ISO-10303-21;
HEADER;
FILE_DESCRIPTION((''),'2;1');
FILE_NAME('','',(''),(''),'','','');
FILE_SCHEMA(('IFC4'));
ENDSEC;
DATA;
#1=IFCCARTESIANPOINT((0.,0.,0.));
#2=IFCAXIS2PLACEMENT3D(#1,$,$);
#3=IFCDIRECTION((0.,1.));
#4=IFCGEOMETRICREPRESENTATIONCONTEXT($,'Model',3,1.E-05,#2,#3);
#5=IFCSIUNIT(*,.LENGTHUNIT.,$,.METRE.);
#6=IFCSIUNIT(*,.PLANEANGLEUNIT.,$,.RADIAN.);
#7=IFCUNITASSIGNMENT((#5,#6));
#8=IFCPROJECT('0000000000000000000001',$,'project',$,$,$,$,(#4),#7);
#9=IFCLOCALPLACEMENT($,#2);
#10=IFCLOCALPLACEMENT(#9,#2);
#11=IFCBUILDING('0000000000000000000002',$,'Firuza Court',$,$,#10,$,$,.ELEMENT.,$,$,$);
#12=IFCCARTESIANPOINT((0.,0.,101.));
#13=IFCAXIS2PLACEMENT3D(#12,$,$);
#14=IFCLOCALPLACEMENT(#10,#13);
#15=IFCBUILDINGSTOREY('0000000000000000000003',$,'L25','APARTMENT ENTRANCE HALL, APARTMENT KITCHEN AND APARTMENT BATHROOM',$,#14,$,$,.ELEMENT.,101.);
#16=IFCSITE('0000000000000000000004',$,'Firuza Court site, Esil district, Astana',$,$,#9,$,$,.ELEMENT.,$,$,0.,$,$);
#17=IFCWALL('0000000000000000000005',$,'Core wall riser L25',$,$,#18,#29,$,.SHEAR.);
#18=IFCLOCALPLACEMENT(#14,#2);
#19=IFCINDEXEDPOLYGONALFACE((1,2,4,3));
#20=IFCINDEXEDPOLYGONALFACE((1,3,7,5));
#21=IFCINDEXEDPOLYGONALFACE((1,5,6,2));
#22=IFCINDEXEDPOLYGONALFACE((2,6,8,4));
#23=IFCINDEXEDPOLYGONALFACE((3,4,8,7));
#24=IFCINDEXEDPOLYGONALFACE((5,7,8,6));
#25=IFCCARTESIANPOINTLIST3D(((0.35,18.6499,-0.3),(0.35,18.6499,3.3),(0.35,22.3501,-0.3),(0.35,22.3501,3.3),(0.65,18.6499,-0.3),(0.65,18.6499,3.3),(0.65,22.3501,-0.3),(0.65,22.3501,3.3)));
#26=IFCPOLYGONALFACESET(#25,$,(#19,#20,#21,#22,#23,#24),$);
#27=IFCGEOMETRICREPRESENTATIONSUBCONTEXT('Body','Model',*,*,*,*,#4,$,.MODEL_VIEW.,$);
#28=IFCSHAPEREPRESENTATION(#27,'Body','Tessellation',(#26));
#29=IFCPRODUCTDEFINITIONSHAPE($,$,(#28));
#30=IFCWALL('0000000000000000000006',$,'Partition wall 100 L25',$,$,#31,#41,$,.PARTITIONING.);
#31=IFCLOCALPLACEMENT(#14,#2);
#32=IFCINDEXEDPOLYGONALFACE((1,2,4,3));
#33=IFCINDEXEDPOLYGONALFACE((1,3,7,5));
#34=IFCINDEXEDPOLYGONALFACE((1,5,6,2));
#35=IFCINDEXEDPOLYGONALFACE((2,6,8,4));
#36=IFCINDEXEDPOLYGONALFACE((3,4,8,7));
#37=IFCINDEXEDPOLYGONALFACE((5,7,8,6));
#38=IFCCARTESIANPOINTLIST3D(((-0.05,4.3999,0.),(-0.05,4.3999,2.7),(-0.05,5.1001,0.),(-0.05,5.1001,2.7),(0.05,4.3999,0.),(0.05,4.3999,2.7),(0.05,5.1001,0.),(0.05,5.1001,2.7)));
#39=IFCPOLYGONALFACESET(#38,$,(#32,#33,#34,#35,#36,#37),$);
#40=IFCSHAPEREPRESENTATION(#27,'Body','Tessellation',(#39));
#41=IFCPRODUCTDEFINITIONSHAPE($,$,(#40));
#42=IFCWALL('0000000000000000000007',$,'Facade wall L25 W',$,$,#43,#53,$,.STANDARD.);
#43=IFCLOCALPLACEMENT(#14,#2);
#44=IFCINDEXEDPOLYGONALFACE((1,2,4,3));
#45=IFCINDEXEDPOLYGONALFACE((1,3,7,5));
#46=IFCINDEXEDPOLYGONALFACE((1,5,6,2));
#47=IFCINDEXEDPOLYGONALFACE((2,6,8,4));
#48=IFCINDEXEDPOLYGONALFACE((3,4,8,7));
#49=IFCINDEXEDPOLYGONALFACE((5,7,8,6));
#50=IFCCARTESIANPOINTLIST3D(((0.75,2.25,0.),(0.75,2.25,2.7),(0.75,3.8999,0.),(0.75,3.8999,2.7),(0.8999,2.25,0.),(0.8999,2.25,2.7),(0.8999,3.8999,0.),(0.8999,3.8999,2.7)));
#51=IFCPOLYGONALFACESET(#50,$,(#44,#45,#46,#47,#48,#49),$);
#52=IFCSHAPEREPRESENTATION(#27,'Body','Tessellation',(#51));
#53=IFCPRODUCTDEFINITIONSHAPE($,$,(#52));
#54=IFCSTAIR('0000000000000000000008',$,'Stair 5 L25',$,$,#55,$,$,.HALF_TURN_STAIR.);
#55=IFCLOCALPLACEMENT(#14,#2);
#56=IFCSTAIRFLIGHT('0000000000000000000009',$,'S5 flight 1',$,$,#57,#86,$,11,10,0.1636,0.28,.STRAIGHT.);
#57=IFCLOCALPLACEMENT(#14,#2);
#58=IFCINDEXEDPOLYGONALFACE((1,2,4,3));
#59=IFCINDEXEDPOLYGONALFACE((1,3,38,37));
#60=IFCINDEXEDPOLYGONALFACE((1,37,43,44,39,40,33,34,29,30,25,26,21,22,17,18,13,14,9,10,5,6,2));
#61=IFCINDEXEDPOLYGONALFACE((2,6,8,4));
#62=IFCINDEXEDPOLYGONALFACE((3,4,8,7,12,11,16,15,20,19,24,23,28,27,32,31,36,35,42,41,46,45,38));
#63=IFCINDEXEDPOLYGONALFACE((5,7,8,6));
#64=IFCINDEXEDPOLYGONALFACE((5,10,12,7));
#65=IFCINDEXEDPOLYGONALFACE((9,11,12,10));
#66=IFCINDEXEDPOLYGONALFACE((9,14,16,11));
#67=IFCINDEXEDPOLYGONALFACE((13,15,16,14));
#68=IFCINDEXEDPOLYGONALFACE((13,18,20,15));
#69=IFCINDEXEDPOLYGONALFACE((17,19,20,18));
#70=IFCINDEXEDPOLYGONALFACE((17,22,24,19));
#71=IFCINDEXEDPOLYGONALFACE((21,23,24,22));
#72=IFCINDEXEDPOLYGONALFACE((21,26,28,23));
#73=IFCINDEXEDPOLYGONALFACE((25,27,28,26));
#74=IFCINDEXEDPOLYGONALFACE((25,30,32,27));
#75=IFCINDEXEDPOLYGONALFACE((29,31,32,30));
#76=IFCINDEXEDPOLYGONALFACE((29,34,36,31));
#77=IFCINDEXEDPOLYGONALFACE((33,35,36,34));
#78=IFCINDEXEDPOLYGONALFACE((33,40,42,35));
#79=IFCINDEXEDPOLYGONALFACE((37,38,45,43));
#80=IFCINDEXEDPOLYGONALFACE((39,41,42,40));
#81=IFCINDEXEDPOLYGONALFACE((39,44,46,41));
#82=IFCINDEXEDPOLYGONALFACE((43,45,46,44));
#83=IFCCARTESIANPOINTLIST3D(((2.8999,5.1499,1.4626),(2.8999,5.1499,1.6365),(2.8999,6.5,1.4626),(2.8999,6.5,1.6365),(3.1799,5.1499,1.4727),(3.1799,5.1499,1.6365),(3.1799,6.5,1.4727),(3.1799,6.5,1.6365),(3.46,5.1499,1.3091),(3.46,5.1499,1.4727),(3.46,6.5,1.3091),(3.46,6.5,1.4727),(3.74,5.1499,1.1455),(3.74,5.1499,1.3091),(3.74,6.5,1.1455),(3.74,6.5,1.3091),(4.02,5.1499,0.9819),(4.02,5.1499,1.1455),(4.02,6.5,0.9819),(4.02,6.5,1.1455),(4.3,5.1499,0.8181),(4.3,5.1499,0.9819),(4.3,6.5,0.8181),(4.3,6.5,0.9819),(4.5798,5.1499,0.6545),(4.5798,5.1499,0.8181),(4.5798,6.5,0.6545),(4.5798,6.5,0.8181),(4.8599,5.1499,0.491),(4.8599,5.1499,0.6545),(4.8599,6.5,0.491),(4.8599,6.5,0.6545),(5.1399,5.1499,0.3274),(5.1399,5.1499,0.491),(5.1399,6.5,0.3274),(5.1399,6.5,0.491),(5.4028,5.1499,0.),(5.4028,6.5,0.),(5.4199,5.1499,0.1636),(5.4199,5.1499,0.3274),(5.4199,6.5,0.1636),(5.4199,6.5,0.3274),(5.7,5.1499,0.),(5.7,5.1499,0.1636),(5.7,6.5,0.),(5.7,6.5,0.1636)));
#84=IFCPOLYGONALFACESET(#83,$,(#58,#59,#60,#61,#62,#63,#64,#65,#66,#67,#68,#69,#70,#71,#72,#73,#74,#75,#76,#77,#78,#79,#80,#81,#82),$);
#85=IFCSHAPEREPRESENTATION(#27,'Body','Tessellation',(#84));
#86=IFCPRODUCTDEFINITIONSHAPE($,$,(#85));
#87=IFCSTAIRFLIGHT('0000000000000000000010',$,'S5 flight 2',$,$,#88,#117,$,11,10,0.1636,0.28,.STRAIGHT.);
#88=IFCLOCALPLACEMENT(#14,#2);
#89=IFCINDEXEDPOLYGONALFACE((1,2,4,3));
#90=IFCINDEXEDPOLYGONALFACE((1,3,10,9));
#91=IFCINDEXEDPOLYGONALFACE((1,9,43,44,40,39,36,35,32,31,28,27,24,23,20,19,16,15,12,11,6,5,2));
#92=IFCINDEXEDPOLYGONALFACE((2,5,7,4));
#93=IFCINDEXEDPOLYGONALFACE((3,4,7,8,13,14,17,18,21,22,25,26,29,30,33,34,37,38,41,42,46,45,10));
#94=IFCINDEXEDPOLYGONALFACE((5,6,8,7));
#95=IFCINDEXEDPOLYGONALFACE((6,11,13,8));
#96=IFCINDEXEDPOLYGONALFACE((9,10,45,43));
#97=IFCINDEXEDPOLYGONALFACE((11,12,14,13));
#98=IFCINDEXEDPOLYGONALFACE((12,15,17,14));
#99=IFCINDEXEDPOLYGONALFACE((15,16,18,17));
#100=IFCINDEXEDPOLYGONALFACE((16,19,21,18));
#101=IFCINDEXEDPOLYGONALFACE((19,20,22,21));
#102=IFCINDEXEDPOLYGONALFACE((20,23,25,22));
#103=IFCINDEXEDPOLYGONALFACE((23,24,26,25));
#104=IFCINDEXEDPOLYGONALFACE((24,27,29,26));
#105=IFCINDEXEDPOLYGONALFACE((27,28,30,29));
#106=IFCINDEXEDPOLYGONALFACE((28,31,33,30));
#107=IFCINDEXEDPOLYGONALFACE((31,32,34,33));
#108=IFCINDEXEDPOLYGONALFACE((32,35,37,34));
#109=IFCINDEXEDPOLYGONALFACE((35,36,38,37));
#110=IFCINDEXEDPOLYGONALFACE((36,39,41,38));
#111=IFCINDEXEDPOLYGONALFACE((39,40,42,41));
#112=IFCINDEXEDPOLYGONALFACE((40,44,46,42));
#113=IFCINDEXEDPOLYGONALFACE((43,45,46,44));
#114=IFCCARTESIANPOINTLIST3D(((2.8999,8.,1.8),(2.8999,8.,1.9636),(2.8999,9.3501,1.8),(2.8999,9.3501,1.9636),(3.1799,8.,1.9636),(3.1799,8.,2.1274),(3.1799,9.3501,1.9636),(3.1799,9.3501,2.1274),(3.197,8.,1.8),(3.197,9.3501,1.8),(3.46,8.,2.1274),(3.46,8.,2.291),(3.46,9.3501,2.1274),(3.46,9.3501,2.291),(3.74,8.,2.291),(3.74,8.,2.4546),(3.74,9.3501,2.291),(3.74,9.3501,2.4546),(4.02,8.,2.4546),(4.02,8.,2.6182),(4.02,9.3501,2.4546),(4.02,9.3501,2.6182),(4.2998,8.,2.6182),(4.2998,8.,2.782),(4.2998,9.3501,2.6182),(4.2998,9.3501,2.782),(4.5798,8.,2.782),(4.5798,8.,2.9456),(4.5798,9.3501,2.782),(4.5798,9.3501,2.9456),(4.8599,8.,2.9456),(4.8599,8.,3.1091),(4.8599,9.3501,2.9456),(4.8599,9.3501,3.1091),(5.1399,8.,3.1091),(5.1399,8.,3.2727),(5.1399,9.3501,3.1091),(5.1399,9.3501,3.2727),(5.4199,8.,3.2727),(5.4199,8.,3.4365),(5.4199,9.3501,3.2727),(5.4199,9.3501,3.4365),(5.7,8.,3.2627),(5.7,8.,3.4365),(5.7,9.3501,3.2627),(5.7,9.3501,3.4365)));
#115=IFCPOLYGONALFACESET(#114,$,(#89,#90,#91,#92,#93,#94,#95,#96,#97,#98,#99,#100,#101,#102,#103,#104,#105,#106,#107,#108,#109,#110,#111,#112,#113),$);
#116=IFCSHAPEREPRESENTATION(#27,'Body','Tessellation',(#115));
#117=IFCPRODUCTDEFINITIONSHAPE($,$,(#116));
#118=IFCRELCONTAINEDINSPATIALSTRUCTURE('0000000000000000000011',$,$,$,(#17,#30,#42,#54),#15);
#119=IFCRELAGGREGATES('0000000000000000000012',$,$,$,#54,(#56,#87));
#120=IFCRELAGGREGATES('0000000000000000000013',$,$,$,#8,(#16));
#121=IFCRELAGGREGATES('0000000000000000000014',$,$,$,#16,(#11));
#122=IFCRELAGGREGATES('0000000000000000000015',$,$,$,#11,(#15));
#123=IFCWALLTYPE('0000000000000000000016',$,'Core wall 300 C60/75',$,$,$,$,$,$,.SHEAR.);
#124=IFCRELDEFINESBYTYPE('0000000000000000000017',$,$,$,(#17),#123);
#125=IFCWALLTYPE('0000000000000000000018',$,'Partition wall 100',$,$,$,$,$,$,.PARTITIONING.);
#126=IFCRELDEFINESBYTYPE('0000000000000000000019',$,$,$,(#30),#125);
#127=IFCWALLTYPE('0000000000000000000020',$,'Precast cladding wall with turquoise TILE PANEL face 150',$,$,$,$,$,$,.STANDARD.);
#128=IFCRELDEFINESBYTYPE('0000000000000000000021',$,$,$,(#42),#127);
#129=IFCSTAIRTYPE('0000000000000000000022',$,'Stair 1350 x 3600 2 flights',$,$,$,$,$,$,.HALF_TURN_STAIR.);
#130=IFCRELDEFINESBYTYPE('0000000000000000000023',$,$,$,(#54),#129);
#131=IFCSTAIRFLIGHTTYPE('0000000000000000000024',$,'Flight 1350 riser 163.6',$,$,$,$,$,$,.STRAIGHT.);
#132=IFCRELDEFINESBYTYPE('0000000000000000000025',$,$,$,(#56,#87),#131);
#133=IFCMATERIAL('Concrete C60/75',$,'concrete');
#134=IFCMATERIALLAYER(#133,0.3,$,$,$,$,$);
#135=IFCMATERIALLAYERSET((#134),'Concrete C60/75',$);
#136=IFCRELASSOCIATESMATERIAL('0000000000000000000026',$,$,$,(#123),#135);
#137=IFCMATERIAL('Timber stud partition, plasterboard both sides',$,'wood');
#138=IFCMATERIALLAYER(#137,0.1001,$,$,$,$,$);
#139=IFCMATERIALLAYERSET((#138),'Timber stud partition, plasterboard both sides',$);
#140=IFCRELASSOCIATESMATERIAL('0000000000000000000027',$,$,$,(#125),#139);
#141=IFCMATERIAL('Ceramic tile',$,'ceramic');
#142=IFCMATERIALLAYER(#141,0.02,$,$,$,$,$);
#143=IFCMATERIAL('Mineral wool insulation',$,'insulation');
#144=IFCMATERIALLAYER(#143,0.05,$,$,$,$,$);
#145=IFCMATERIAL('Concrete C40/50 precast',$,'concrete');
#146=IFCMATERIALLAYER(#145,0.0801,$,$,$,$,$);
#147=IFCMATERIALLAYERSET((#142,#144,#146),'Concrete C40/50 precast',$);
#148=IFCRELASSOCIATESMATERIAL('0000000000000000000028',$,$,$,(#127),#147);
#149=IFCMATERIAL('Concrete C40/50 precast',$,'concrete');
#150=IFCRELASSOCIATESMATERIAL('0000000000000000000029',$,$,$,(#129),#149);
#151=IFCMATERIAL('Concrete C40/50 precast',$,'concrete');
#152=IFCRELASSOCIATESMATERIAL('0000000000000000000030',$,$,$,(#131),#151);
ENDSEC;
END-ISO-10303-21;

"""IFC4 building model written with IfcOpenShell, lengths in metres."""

from ifc_helpers import new_model, si_unit, direction, frame, frame_2d, origin, place, context, subcontext, project, spatial, polyline, rectangle, outline, extrude, material, layer, layer_set, type_object, element, aggregate, save


model = new_model("IFC4")

# Units and contexts
model_context = context("Model", 3, precision=1e-05, world=origin(), true_north=direction((0.0, 1.0)))
body_context = subcontext(model_context, "Body", "Model", "MODEL_VIEW")
ifc_project = project(units=[si_unit("LENGTHUNIT", "METRE"), si_unit("PLANEANGLEUNIT", "RADIAN")], contexts=[model_context])

# Site, building, storey
site_placement = place(None, origin())
site = spatial("IfcSite", under=ifc_project, at=site_placement, Name="Firuza Court site, Esil district, Astana", CompositionType="ELEMENT", RefElevation=0.0)
building_placement = place(site_placement, origin())
building = spatial("IfcBuilding", under=site, at=building_placement, Name="Firuza Court", CompositionType="ELEMENT")
storey_placement = place(building_placement, frame((0.0, 0.0, 101.0)))
storey = spatial("IfcBuildingStorey", under=building, at=storey_placement, Name="L25", Description="APARTMENT ENTRANCE HALL, APARTMENT KITCHEN AND APARTMENT BATHROOM", CompositionType="ELEMENT", Elevation=101.0)

# Walls
ifc_material_1 = material(Name="Concrete C60/75", Category="concrete")
ifc_layer_1 = layer(ifc_material_1, 0.3)
ifc_layer_set_1 = layer_set([ifc_layer_1], Name="Concrete C60/75")
wall_type_1 = type_object("IfcWallType", Name="Core wall 300 C60/75", PredefinedType="SHEAR", material=ifc_layer_set_1)
for number, where, z_axis, x_axis, name in (
    (1, (0.5, 18.6499, -0.3), (0.0, 0.0, 1.0), (0.0, 1.0, 0.0), "Core wall riser L25"),
):
    element("IfcWall", number, at=place(storey_placement, frame(where, z_axis=z_axis, x_axis=x_axis)), inside=storey, type_object=wall_type_1, Name=name, PredefinedType="SHEAR", context=body_context, shape_type="SweptSolid", body=[
        extrude(rectangle(XDim=3.7002, YDim=0.3, at=frame_2d((1.8501, 0.0))), origin(), (0.0, 0.0, 1.0), 3.6001),
    ])
ifc_material_2 = material(Name="Timber stud partition, plasterboard both sides", Category="wood")
ifc_layer_2 = layer(ifc_material_2, 0.1001)
ifc_layer_set_2 = layer_set([ifc_layer_2], Name="Timber stud partition, plasterboard both sides")
wall_type_2 = type_object("IfcWallType", Name="Partition wall 100", PredefinedType="PARTITIONING", material=ifc_layer_set_2)
wall_1_placement = place(storey_placement, frame((0.0, 4.3999, 0.0), z_axis=(0.0, 0.0, 1.0), x_axis=(0.0, 1.0, 0.0)))
element("IfcWall", 2, at=wall_1_placement, inside=storey, type_object=wall_type_2, Name="Partition wall 100 L25", PredefinedType="PARTITIONING", context=body_context, shape_type="SweptSolid", body=[
    extrude(rectangle(XDim=0.7002, YDim=0.1001, at=frame_2d((0.3501, 0.0))), origin(), (0.0, 0.0, 1.0), 2.7),
])
ifc_material_3 = material(Name="Ceramic tile", Category="ceramic")
ifc_layer_3 = layer(ifc_material_3, 0.02)
ifc_material_4 = material(Name="Mineral wool insulation", Category="insulation")
ifc_layer_4 = layer(ifc_material_4, 0.05)
ifc_material_5 = material(Name="Concrete C40/50 precast", Category="concrete")
ifc_layer_5 = layer(ifc_material_5, 0.0801)
ifc_layer_set_3 = layer_set([ifc_layer_3, ifc_layer_4, ifc_layer_5], Name="Concrete C40/50 precast")
wall_type_3 = type_object("IfcWallType", Name="Precast cladding wall with turquoise TILE PANEL face 150", PredefinedType="STANDARD", material=ifc_layer_set_3)
wall_2_placement = place(storey_placement, frame((0.825, 3.8999, 0.0), z_axis=(0.0, 0.0, 1.0), x_axis=(0.0, -1.0, 0.0)))
element("IfcWall", 3, at=wall_2_placement, inside=storey, type_object=wall_type_3, Name="Facade wall L25 W", PredefinedType="STANDARD", context=body_context, shape_type="SweptSolid", body=[
    extrude(rectangle(XDim=1.6499, YDim=0.1499, at=frame_2d((0.825, 0.0))), origin(), (0.0, 0.0, 1.0), 2.7),
])

# Stair, stair flights
ifc_material_6 = material(Name="Concrete C40/50 precast", Category="concrete")
stair_type = type_object("IfcStairType", Name="Stair 1350 x 3600 2 flights", PredefinedType="HALF_TURN_STAIR", material=ifc_material_6)
stair_placement = place(storey_placement, origin())
stair = element("IfcStair", 4, at=stair_placement, inside=storey, type_object=stair_type, Name="Stair 5 L25", PredefinedType="HALF_TURN_STAIR")
ifc_material_7 = material(Name="Concrete C40/50 precast", Category="concrete")
stair_flight_type = type_object("IfcStairFlightType", Name="Flight 1350 riser 163.6", PredefinedType="STRAIGHT", material=ifc_material_7)
stair_flight_1_placement = place(storey_placement, frame((5.7, 5.825, 0.0), z_axis=(0.0, 0.0, 1.0), x_axis=(-1.0, 0.0, 0.0)))
stair_flight_1 = element("IfcStairFlight", 5, at=stair_flight_1_placement, type_object=stair_flight_type, Name="S5 flight 1", NumberOfRisers=11, NumberOfTreads=10, PredefinedType="STRAIGHT", RiserHeight=0.1636, TreadLength=0.28, context=body_context, shape_type="SweptSolid", body=[
    extrude(outline(polyline([(0.0, 0.0), (0.0, 0.1636), (0.28, 0.1636), (0.28, 0.3274), (0.5601, 0.3274), (0.5601, 0.491), (0.8401, 0.491), (0.8401, 0.6545), (1.1201, 0.6545), (1.1201, 0.8181), (1.3999, 0.8181), (1.3999, 0.9819), (1.6799, 0.9819), (1.6799, 1.1455), (1.96, 1.1455), (1.96, 1.3091), (2.24, 1.3091), (2.24, 1.4727), (2.52, 1.4727), (2.52, 1.6365), (2.8, 1.6365), (2.8, 1.8), (2.8, 1.4626), (0.2971, 0.0), (0.0, 0.0)])), frame((0.0, 0.675, 0.0), z_axis=(0.0, -1.0, 0.0), x_axis=(1.0, 0.0, 0.0)), (0.0, 0.0, 1.0), 1.3501),
])
stair_flight_2_placement = place(storey_placement, frame((2.8999, 8.675, 1.8), z_axis=(0.0, 0.0, 1.0), x_axis=(1.0, 0.0, 0.0)))
stair_flight_2 = element("IfcStairFlight", 6, at=stair_flight_2_placement, type_object=stair_flight_type, Name="S5 flight 2", NumberOfRisers=11, NumberOfTreads=10, PredefinedType="STRAIGHT", RiserHeight=0.1636, TreadLength=0.28, context=body_context, shape_type="SweptSolid", body=[
    extrude(outline(polyline([(0.0, 0.0), (0.0, 0.1636), (0.28, 0.1636), (0.28, 0.3274), (0.5601, 0.3274), (0.5601, 0.491), (0.8401, 0.491), (0.8401, 0.6545), (1.1201, 0.6545), (1.1201, 0.8181), (1.3999, 0.8181), (1.3999, 0.9819), (1.6799, 0.9819), (1.6799, 1.1455), (1.96, 1.1455), (1.96, 1.3091), (2.24, 1.3091), (2.24, 1.4727), (2.52, 1.4727), (2.52, 1.6365), (2.8, 1.6365), (2.8, 1.8), (2.8, 1.4626), (0.2971, 0.0), (0.0, 0.0)])), frame((0.0, 0.675, 0.0), z_axis=(0.0, -1.0, 0.0), x_axis=(1.0, 0.0, 0.0)), (0.0, 0.0, 1.0), 1.3501),
])
aggregate(stair, [stair_flight_1, stair_flight_2])

save(model, "model.ifc")
